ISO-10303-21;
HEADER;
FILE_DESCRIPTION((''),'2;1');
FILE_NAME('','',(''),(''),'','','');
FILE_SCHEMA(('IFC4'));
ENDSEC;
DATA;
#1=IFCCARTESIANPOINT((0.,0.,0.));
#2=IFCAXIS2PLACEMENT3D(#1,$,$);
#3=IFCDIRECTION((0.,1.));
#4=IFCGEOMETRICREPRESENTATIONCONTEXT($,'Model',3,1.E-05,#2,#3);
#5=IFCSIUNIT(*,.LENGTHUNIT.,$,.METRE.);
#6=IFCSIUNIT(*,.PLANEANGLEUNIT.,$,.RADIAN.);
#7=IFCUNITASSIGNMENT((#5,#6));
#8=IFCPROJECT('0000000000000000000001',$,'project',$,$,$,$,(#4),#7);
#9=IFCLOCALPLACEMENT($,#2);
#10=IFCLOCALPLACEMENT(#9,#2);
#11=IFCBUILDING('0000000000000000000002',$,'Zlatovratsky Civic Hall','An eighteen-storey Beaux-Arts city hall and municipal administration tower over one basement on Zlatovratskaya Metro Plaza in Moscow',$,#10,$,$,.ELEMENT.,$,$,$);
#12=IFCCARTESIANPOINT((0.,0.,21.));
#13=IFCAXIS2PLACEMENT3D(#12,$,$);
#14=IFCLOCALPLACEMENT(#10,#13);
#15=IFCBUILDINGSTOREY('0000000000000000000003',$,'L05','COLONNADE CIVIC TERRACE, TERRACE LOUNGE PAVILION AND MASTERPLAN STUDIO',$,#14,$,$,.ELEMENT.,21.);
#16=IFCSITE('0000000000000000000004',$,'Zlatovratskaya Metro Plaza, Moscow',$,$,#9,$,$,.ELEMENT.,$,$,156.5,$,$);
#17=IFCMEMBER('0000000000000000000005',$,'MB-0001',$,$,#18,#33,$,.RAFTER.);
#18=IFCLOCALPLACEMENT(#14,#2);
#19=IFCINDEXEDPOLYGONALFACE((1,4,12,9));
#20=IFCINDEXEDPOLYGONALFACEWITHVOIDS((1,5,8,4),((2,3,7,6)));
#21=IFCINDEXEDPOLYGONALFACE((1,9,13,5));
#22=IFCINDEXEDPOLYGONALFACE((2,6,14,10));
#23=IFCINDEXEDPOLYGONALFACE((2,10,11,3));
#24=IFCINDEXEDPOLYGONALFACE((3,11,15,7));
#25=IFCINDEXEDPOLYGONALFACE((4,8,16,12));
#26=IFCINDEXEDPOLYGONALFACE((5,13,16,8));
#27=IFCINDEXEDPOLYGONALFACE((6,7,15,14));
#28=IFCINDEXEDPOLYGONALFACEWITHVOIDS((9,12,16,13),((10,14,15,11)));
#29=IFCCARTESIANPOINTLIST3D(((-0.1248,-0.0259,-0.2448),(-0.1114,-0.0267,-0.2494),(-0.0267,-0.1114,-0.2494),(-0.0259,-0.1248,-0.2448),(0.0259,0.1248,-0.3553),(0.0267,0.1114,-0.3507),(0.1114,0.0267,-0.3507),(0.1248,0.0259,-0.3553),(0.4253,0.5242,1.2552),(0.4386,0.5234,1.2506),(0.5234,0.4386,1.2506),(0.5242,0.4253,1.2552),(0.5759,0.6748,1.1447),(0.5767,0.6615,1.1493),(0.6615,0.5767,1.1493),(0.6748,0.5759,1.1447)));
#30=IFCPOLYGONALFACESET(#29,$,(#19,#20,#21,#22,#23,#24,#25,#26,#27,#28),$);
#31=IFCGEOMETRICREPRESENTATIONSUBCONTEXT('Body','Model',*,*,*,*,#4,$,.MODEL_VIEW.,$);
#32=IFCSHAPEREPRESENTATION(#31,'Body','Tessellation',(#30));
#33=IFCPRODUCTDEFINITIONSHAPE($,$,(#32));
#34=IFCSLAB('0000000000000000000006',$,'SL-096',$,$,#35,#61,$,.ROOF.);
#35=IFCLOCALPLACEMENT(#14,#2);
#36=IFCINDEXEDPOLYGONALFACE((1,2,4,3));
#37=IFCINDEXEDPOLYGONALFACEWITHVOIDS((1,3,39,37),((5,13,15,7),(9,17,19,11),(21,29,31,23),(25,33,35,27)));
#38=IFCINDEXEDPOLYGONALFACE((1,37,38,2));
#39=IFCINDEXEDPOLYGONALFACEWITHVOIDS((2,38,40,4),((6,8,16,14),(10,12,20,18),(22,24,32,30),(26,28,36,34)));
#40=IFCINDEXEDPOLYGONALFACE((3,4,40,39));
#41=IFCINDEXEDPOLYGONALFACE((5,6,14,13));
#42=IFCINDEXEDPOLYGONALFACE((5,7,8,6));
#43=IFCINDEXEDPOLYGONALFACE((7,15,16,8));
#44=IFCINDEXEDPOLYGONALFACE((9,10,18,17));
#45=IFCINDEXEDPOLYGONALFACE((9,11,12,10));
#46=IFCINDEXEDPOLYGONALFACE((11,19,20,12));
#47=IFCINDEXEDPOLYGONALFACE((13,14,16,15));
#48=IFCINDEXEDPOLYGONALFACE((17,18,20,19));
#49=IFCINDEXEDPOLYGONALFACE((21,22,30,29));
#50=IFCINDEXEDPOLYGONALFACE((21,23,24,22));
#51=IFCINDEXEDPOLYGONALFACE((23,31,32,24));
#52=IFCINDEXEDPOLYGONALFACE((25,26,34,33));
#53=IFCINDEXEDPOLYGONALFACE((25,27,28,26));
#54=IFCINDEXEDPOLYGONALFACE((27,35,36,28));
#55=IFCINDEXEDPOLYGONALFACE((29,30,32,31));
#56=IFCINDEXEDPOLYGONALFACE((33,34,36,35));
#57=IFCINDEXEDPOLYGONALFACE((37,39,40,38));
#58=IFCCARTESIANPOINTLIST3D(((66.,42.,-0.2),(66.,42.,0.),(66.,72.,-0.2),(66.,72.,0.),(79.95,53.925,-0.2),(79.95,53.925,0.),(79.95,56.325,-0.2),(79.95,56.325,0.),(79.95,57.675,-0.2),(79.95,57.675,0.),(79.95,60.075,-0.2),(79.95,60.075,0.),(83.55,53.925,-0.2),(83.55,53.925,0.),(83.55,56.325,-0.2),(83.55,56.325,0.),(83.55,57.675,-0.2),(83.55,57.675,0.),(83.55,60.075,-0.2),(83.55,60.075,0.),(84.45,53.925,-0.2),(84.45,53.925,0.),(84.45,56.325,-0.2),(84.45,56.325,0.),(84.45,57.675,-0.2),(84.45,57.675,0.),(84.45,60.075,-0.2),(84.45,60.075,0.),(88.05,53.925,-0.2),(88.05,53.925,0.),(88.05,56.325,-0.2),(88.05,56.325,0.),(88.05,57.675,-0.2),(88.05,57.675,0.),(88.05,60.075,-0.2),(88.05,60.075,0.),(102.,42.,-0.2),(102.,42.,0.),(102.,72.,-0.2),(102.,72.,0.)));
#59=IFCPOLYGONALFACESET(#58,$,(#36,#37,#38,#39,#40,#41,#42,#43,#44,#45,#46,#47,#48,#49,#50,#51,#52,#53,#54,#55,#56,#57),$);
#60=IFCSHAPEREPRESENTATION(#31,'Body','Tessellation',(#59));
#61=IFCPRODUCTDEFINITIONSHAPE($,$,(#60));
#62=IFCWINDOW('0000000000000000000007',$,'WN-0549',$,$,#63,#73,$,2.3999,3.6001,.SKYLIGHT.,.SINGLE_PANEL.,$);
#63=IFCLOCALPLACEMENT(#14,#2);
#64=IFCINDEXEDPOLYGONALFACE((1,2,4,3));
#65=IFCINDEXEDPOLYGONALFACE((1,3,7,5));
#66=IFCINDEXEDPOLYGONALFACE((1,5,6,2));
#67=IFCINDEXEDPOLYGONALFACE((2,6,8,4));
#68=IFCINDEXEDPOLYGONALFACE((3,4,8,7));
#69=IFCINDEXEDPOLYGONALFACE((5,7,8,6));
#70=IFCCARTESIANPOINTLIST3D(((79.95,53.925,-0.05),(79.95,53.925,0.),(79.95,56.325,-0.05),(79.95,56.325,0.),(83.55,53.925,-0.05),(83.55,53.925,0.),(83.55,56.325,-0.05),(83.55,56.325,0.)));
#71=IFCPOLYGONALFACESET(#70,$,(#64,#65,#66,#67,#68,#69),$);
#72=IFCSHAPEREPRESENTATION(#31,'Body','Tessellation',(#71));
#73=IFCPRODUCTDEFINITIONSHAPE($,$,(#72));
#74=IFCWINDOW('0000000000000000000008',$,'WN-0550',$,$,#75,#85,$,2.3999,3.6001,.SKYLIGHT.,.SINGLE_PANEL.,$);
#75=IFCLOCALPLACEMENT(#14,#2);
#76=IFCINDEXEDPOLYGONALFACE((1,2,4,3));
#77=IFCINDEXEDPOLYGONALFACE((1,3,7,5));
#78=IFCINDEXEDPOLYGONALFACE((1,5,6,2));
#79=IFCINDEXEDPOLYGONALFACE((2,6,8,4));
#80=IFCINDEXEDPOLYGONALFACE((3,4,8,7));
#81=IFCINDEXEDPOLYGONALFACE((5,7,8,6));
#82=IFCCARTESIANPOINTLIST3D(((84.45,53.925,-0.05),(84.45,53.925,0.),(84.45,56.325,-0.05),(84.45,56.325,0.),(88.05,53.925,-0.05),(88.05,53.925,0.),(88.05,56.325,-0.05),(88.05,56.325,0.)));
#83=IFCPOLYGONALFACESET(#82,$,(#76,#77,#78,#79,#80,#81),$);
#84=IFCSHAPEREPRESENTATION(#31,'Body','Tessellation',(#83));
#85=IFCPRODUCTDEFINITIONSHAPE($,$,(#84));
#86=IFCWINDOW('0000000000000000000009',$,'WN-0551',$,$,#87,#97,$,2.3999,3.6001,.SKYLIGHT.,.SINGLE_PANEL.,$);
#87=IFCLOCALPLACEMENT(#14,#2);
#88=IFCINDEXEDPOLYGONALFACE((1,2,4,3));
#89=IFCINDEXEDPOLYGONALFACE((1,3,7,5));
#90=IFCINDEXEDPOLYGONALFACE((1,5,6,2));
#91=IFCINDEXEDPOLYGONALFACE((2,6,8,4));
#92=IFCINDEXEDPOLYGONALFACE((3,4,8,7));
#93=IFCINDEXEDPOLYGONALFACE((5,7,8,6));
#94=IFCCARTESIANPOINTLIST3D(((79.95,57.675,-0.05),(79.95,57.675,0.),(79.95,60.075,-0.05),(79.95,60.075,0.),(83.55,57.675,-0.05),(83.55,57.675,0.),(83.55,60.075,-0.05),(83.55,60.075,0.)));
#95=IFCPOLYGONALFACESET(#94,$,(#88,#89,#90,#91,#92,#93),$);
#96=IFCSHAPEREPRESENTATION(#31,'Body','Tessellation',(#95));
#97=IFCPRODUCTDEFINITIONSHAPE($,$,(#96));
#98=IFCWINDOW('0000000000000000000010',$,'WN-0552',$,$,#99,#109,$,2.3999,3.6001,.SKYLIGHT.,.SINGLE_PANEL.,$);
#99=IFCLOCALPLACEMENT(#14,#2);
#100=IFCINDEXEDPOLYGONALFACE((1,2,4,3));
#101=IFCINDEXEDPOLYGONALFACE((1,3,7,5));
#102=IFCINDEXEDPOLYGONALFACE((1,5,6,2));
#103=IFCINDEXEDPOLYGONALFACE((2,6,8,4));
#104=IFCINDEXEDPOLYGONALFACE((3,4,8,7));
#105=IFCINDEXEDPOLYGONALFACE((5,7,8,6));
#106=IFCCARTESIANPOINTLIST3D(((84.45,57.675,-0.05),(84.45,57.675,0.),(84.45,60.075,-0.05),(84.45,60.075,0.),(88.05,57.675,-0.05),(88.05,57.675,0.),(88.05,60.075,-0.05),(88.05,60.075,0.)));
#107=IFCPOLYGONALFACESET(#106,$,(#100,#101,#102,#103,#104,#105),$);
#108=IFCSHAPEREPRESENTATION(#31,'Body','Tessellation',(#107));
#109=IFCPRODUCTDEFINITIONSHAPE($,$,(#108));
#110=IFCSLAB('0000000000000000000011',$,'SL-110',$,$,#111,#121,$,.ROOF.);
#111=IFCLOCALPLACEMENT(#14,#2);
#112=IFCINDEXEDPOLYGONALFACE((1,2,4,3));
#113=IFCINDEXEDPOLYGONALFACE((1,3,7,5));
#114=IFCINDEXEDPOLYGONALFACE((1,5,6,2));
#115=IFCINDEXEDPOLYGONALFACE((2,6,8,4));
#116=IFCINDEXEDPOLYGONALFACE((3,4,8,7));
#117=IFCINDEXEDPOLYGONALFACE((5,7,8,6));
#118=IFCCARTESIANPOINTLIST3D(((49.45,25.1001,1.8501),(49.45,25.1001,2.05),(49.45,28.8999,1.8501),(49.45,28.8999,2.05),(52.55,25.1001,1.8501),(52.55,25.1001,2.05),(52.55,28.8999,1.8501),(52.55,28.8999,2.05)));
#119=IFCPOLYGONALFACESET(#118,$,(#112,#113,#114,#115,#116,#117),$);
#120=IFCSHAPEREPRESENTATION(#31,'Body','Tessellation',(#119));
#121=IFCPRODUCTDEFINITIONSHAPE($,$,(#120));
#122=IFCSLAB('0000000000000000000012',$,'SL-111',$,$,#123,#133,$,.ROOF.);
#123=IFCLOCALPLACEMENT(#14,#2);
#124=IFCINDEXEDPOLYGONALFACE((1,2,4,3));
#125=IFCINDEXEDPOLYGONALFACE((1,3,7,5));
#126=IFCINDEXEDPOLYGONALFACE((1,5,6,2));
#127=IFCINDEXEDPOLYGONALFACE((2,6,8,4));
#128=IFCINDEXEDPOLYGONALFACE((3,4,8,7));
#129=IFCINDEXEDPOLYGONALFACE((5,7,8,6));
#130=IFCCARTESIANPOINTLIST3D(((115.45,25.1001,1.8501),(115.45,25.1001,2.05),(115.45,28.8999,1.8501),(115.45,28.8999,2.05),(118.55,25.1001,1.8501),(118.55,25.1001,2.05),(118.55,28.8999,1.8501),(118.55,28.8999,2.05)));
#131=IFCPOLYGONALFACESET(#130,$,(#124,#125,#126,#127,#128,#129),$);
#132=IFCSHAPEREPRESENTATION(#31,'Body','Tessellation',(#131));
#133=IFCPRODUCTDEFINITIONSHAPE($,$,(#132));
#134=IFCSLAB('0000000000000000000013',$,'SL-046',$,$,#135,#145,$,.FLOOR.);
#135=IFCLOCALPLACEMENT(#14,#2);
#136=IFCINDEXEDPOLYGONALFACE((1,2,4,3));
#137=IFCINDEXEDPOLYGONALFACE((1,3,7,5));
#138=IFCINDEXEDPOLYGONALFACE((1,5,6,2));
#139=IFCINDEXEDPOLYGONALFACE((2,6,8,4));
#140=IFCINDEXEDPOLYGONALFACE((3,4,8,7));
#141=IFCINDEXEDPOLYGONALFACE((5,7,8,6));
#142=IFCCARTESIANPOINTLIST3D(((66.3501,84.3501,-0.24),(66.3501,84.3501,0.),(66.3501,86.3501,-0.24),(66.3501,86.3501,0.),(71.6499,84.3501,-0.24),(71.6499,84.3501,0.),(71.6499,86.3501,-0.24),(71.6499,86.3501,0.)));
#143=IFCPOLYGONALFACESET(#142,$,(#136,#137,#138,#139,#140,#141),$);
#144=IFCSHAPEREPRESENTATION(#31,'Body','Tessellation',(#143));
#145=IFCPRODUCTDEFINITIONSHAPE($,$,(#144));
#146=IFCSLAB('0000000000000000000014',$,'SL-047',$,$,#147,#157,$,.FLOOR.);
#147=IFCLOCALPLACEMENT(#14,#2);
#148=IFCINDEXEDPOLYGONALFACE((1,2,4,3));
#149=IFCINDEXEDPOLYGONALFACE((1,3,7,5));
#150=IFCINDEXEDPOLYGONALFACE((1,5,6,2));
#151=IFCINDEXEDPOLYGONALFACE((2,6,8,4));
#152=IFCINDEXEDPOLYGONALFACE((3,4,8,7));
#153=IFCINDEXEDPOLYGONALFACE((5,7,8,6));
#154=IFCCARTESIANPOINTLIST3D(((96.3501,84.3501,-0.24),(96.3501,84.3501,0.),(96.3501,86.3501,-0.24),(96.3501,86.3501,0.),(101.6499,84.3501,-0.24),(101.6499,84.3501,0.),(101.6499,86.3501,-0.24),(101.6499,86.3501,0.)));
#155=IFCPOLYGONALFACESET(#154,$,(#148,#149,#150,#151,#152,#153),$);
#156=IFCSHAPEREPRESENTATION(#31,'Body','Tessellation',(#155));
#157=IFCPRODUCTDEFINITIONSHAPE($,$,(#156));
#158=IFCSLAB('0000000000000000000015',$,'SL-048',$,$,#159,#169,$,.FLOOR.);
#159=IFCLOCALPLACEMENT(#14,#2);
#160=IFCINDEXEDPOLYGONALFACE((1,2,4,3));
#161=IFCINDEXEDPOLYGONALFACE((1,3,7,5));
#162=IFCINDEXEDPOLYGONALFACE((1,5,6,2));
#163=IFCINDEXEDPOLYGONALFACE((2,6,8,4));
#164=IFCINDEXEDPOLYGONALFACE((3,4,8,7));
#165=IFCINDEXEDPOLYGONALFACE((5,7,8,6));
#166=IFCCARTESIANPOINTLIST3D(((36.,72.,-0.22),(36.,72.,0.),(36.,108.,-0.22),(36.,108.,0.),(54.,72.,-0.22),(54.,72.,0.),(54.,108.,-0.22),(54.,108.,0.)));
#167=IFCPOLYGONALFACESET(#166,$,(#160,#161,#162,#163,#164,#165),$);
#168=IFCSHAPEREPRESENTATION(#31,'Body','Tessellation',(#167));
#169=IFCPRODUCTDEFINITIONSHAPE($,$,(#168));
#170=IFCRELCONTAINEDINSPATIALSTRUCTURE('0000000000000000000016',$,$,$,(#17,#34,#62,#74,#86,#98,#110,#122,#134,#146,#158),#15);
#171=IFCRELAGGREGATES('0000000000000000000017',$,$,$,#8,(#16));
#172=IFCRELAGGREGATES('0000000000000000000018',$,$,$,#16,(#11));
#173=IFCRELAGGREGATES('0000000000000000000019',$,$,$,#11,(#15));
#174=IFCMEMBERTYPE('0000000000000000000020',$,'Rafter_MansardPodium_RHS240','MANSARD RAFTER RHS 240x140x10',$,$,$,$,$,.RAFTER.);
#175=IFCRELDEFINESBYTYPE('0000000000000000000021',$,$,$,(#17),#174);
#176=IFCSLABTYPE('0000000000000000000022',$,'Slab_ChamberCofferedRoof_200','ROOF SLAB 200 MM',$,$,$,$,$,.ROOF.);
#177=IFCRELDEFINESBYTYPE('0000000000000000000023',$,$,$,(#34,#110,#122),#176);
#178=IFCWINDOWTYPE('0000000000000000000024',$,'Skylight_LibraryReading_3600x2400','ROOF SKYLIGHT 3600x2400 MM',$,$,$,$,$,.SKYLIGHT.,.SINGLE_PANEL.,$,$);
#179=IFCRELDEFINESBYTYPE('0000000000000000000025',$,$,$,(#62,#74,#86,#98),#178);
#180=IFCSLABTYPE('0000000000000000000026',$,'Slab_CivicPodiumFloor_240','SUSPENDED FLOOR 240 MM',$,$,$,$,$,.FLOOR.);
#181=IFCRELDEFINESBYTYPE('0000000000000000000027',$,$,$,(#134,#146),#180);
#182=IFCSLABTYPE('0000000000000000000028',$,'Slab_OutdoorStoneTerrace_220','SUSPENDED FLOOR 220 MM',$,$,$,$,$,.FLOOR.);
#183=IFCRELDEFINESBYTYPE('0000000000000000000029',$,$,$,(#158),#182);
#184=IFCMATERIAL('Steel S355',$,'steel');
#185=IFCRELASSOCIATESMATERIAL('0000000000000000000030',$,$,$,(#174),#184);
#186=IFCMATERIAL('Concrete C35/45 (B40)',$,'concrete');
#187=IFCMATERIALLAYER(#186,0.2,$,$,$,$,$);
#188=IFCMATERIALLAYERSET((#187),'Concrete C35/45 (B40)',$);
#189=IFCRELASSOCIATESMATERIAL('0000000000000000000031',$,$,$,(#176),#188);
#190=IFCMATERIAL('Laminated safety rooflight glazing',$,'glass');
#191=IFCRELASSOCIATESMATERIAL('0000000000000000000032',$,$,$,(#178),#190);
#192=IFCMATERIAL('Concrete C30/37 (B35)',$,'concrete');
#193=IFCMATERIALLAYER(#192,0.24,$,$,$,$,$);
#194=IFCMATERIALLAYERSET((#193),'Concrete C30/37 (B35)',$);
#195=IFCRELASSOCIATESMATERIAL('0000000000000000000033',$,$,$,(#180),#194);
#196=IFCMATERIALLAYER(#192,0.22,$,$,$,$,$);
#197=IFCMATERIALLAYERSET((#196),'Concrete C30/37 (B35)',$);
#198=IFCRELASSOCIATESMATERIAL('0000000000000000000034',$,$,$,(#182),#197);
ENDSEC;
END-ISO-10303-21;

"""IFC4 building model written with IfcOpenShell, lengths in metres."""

from ifc_helpers import new_model, si_unit, direction, frame, origin, origin_2d, place, context, subcontext, project, spatial, polyline, rectangle, hollow_rectangle, outline, extrude, material, layer, layer_set, material_profile, profile_set, type_object, element, fill, save


model = new_model("IFC4")

# Units and contexts
model_context = context("Model", 3, precision=1e-05, world=origin(), true_north=direction((0.0, 1.0)))
body_context = subcontext(model_context, "Body", "Model", "MODEL_VIEW")
ifc_project = project(units=[si_unit("LENGTHUNIT", "METRE"), si_unit("PLANEANGLEUNIT", "RADIAN")], contexts=[model_context])

# Site, building, storey
site_placement = place(None, origin())
site = spatial("IfcSite", under=ifc_project, at=site_placement, Name="Zlatovratskaya Metro Plaza, Moscow", CompositionType="ELEMENT", RefElevation=156.5)
building_placement = place(site_placement, origin())
building = spatial("IfcBuilding", under=site, at=building_placement, Name="Zlatovratsky Civic Hall", Description="An eighteen-storey Beaux-Arts city hall and municipal administration tower over one basement on Zlatovratskaya Metro Plaza in Moscow", CompositionType="ELEMENT")
storey_placement = place(building_placement, frame((0.0, 0.0, 21.0)))
storey = spatial("IfcBuildingStorey", under=building, at=storey_placement, Name="L05", Description="COLONNADE CIVIC TERRACE, TERRACE LOUNGE PAVILION AND MASTERPLAN STUDIO", CompositionType="ELEMENT", Elevation=21.0)

# Member
ifc_material_1 = material(Name="Steel S355", Category="steel")
ifc_material_profile = material_profile(ifc_material_1, hollow_rectangle(XDim=0.1399, YDim=0.24, WallThickness=0.01, at=origin_2d()), Name="RHS 240x140x10")
ifc_profile_set = profile_set([ifc_material_profile], Name="Steel S355")
member_type = type_object("IfcMemberType", Name="Rafter_MansardPodium_RHS240", Description="MANSARD RAFTER RHS 240x140x10", PredefinedType="RAFTER", material=ifc_profile_set)
member_placement = place(storey_placement, frame((0.0, 0.0, -0.3), z_axis=(0.325529, 0.325529, 0.887728), x_axis=(-0.707107, 0.707107, 0.0)))
element("IfcMember", 1, at=member_placement, inside=storey, type_object=member_type, Name="MB-0001", PredefinedType="RAFTER", context=body_context, shape_type="SweptSolid", body=[
    extrude(hollow_rectangle(XDim=0.1399, YDim=0.24, WallThickness=0.01, at=origin_2d()), origin(), (0.0, 0.0, 1.0), 1.6897),
])

# Slab, openings, windows
ifc_material_2 = material(Name="Concrete C35/45 (B40)", Category="concrete")
ifc_layer_1 = layer(ifc_material_2, 0.2)
ifc_layer_set_1 = layer_set([ifc_layer_1], Name="Concrete C35/45 (B40)")
slab_type_1 = type_object("IfcSlabType", Name="Slab_ChamberCofferedRoof_200", Description="ROOF SLAB 200 MM", PredefinedType="ROOF", material=ifc_layer_set_1)
slab_1_placement = place(storey_placement, frame((0.0, 0.0, -0.2)))
slab_1 = element("IfcSlab", 2, at=slab_1_placement, inside=storey, type_object=slab_type_1, Name="SL-096", PredefinedType="ROOF", context=body_context, shape_type="SweptSolid", body=[
    extrude(outline(polyline([(66.0, 42.0), (102.0, 42.0), (102.0, 72.0), (66.0, 72.0), (66.0, 42.0)])), origin(), (0.0, 0.0, 1.0), 0.2),
])
opening_1_placement = place(slab_1_placement, frame((81.75, 55.125, 0.0)))
opening_1 = element("IfcOpeningElement", 3, at=opening_1_placement, cuts=slab_1, PredefinedType="OPENING", context=body_context, shape_type="SweptSolid", body=[
    extrude(rectangle(XDim=3.6001, YDim=2.3999, at=origin_2d()), frame((0.0, 0.0, -0.0149)), (0.0, 0.0, 1.0), 0.2297),
])
opening_2_placement = place(slab_1_placement, frame((86.25, 55.125, 0.0)))
opening_2 = element("IfcOpeningElement", 4, at=opening_2_placement, cuts=slab_1, PredefinedType="OPENING", context=body_context, shape_type="SweptSolid", body=[
    extrude(rectangle(XDim=3.6001, YDim=2.3999, at=origin_2d()), frame((0.0, 0.0, -0.0149)), (0.0, 0.0, 1.0), 0.2297),
])
opening_3_placement = place(slab_1_placement, frame((81.75, 58.875, 0.0)))
opening_3 = element("IfcOpeningElement", 5, at=opening_3_placement, cuts=slab_1, PredefinedType="OPENING", context=body_context, shape_type="SweptSolid", body=[
    extrude(rectangle(XDim=3.6001, YDim=2.3999, at=origin_2d()), frame((0.0, 0.0, -0.0149)), (0.0, 0.0, 1.0), 0.2297),
])
opening_4_placement = place(slab_1_placement, frame((86.25, 58.875, 0.0)))
opening_4 = element("IfcOpeningElement", 6, at=opening_4_placement, cuts=slab_1, PredefinedType="OPENING", context=body_context, shape_type="SweptSolid", body=[
    extrude(rectangle(XDim=3.6001, YDim=2.3999, at=origin_2d()), frame((0.0, 0.0, -0.0149)), (0.0, 0.0, 1.0), 0.2297),
])
ifc_material_3 = material(Name="Laminated safety rooflight glazing", Category="glass")
window_type = type_object("IfcWindowType", Name="Skylight_LibraryReading_3600x2400", Description="ROOF SKYLIGHT 3600x2400 MM", PartitioningType="SINGLE_PANEL", PredefinedType="SKYLIGHT", material=ifc_material_3)
window_1_placement = place(opening_1_placement, frame((0.0, 0.0, 0.1499)))
window_1 = element("IfcWindow", 7, at=window_1_placement, inside=storey, type_object=window_type, Name="WN-0549", OverallHeight=2.3999, OverallWidth=3.6001, PartitioningType="SINGLE_PANEL", PredefinedType="SKYLIGHT", context=body_context, shape_type="SweptSolid", body=[
    extrude(rectangle(XDim=3.6001, YDim=2.3999, at=origin_2d()), origin(), (0.0, 0.0, 1.0), 0.05),
])
fill(opening_1, window_1)
window_2_placement = place(opening_2_placement, frame((0.0, 0.0, 0.1499)))
window_2 = element("IfcWindow", 8, at=window_2_placement, inside=storey, type_object=window_type, Name="WN-0550", OverallHeight=2.3999, OverallWidth=3.6001, PartitioningType="SINGLE_PANEL", PredefinedType="SKYLIGHT", context=body_context, shape_type="SweptSolid", body=[
    extrude(rectangle(XDim=3.6001, YDim=2.3999, at=origin_2d()), origin(), (0.0, 0.0, 1.0), 0.05),
])
fill(opening_2, window_2)
window_3_placement = place(opening_3_placement, frame((0.0, 0.0, 0.1499)))
window_3 = element("IfcWindow", 9, at=window_3_placement, inside=storey, type_object=window_type, Name="WN-0551", OverallHeight=2.3999, OverallWidth=3.6001, PartitioningType="SINGLE_PANEL", PredefinedType="SKYLIGHT", context=body_context, shape_type="SweptSolid", body=[
    extrude(rectangle(XDim=3.6001, YDim=2.3999, at=origin_2d()), origin(), (0.0, 0.0, 1.0), 0.05),
])
fill(opening_3, window_3)
window_4_placement = place(opening_4_placement, frame((0.0, 0.0, 0.1499)))
window_4 = element("IfcWindow", 10, at=window_4_placement, inside=storey, type_object=window_type, Name="WN-0552", OverallHeight=2.3999, OverallWidth=3.6001, PartitioningType="SINGLE_PANEL", PredefinedType="SKYLIGHT", context=body_context, shape_type="SweptSolid", body=[
    extrude(rectangle(XDim=3.6001, YDim=2.3999, at=origin_2d()), origin(), (0.0, 0.0, 1.0), 0.05),
])
fill(opening_4, window_4)

# Slabs
slab_2_placement = place(storey_placement, frame((0.0, 0.0, 1.8501)))
element("IfcSlab", 11, at=slab_2_placement, inside=storey, type_object=slab_type_1, Name="SL-110", PredefinedType="ROOF", context=body_context, shape_type="SweptSolid", body=[
    extrude(outline(polyline([(49.45, 25.1001), (52.55, 25.1001), (52.55, 28.8999), (49.45, 28.8999), (49.45, 25.1001)])), origin(), (0.0, 0.0, 1.0), 0.2),
])
slab_3_placement = place(storey_placement, frame((0.0, 0.0, 1.8501)))
element("IfcSlab", 12, at=slab_3_placement, inside=storey, type_object=slab_type_1, Name="SL-111", PredefinedType="ROOF", context=body_context, shape_type="SweptSolid", body=[
    extrude(outline(polyline([(115.45, 25.1001), (118.55, 25.1001), (118.55, 28.8999), (115.45, 28.8999), (115.45, 25.1001)])), origin(), (0.0, 0.0, 1.0), 0.2),
])
ifc_material_4 = material(Name="Concrete C30/37 (B35)", Category="concrete")
ifc_layer_2 = layer(ifc_material_4, 0.24)
ifc_layer_set_2 = layer_set([ifc_layer_2], Name="Concrete C30/37 (B35)")
slab_type_2 = type_object("IfcSlabType", Name="Slab_CivicPodiumFloor_240", Description="SUSPENDED FLOOR 240 MM", PredefinedType="FLOOR", material=ifc_layer_set_2)
slab_4_placement = place(storey_placement, frame((0.0, 0.0, -0.24)))
element("IfcSlab", 13, at=slab_4_placement, inside=storey, type_object=slab_type_2, Name="SL-046", PredefinedType="FLOOR", context=body_context, shape_type="SweptSolid", body=[
    extrude(outline(polyline([(66.3501, 84.3501), (71.6499, 84.3501), (71.6499, 86.3501), (66.3501, 86.3501), (66.3501, 84.3501)])), origin(), (0.0, 0.0, 1.0), 0.24),
])
slab_5_placement = place(storey_placement, frame((0.0, 0.0, -0.24)))
element("IfcSlab", 14, at=slab_5_placement, inside=storey, type_object=slab_type_2, Name="SL-047", PredefinedType="FLOOR", context=body_context, shape_type="SweptSolid", body=[
    extrude(outline(polyline([(96.3501, 84.3501), (101.6499, 84.3501), (101.6499, 86.3501), (96.3501, 86.3501), (96.3501, 84.3501)])), origin(), (0.0, 0.0, 1.0), 0.24),
])
ifc_layer_3 = layer(ifc_material_4, 0.22)
ifc_layer_set_3 = layer_set([ifc_layer_3], Name="Concrete C30/37 (B35)")
slab_type_3 = type_object("IfcSlabType", Name="Slab_OutdoorStoneTerrace_220", Description="SUSPENDED FLOOR 220 MM", PredefinedType="FLOOR", material=ifc_layer_set_3)
slab_6_placement = place(storey_placement, frame((0.0, 0.0, -0.22)))
element("IfcSlab", 15, at=slab_6_placement, inside=storey, type_object=slab_type_3, Name="SL-048", PredefinedType="FLOOR", context=body_context, shape_type="SweptSolid", body=[
    extrude(outline(polyline([(36.0, 72.0), (54.0, 72.0), (54.0, 108.0), (36.0, 108.0), (36.0, 72.0)])), origin(), (0.0, 0.0, 1.0), 0.22),
])

save(model, "model.ifc")
